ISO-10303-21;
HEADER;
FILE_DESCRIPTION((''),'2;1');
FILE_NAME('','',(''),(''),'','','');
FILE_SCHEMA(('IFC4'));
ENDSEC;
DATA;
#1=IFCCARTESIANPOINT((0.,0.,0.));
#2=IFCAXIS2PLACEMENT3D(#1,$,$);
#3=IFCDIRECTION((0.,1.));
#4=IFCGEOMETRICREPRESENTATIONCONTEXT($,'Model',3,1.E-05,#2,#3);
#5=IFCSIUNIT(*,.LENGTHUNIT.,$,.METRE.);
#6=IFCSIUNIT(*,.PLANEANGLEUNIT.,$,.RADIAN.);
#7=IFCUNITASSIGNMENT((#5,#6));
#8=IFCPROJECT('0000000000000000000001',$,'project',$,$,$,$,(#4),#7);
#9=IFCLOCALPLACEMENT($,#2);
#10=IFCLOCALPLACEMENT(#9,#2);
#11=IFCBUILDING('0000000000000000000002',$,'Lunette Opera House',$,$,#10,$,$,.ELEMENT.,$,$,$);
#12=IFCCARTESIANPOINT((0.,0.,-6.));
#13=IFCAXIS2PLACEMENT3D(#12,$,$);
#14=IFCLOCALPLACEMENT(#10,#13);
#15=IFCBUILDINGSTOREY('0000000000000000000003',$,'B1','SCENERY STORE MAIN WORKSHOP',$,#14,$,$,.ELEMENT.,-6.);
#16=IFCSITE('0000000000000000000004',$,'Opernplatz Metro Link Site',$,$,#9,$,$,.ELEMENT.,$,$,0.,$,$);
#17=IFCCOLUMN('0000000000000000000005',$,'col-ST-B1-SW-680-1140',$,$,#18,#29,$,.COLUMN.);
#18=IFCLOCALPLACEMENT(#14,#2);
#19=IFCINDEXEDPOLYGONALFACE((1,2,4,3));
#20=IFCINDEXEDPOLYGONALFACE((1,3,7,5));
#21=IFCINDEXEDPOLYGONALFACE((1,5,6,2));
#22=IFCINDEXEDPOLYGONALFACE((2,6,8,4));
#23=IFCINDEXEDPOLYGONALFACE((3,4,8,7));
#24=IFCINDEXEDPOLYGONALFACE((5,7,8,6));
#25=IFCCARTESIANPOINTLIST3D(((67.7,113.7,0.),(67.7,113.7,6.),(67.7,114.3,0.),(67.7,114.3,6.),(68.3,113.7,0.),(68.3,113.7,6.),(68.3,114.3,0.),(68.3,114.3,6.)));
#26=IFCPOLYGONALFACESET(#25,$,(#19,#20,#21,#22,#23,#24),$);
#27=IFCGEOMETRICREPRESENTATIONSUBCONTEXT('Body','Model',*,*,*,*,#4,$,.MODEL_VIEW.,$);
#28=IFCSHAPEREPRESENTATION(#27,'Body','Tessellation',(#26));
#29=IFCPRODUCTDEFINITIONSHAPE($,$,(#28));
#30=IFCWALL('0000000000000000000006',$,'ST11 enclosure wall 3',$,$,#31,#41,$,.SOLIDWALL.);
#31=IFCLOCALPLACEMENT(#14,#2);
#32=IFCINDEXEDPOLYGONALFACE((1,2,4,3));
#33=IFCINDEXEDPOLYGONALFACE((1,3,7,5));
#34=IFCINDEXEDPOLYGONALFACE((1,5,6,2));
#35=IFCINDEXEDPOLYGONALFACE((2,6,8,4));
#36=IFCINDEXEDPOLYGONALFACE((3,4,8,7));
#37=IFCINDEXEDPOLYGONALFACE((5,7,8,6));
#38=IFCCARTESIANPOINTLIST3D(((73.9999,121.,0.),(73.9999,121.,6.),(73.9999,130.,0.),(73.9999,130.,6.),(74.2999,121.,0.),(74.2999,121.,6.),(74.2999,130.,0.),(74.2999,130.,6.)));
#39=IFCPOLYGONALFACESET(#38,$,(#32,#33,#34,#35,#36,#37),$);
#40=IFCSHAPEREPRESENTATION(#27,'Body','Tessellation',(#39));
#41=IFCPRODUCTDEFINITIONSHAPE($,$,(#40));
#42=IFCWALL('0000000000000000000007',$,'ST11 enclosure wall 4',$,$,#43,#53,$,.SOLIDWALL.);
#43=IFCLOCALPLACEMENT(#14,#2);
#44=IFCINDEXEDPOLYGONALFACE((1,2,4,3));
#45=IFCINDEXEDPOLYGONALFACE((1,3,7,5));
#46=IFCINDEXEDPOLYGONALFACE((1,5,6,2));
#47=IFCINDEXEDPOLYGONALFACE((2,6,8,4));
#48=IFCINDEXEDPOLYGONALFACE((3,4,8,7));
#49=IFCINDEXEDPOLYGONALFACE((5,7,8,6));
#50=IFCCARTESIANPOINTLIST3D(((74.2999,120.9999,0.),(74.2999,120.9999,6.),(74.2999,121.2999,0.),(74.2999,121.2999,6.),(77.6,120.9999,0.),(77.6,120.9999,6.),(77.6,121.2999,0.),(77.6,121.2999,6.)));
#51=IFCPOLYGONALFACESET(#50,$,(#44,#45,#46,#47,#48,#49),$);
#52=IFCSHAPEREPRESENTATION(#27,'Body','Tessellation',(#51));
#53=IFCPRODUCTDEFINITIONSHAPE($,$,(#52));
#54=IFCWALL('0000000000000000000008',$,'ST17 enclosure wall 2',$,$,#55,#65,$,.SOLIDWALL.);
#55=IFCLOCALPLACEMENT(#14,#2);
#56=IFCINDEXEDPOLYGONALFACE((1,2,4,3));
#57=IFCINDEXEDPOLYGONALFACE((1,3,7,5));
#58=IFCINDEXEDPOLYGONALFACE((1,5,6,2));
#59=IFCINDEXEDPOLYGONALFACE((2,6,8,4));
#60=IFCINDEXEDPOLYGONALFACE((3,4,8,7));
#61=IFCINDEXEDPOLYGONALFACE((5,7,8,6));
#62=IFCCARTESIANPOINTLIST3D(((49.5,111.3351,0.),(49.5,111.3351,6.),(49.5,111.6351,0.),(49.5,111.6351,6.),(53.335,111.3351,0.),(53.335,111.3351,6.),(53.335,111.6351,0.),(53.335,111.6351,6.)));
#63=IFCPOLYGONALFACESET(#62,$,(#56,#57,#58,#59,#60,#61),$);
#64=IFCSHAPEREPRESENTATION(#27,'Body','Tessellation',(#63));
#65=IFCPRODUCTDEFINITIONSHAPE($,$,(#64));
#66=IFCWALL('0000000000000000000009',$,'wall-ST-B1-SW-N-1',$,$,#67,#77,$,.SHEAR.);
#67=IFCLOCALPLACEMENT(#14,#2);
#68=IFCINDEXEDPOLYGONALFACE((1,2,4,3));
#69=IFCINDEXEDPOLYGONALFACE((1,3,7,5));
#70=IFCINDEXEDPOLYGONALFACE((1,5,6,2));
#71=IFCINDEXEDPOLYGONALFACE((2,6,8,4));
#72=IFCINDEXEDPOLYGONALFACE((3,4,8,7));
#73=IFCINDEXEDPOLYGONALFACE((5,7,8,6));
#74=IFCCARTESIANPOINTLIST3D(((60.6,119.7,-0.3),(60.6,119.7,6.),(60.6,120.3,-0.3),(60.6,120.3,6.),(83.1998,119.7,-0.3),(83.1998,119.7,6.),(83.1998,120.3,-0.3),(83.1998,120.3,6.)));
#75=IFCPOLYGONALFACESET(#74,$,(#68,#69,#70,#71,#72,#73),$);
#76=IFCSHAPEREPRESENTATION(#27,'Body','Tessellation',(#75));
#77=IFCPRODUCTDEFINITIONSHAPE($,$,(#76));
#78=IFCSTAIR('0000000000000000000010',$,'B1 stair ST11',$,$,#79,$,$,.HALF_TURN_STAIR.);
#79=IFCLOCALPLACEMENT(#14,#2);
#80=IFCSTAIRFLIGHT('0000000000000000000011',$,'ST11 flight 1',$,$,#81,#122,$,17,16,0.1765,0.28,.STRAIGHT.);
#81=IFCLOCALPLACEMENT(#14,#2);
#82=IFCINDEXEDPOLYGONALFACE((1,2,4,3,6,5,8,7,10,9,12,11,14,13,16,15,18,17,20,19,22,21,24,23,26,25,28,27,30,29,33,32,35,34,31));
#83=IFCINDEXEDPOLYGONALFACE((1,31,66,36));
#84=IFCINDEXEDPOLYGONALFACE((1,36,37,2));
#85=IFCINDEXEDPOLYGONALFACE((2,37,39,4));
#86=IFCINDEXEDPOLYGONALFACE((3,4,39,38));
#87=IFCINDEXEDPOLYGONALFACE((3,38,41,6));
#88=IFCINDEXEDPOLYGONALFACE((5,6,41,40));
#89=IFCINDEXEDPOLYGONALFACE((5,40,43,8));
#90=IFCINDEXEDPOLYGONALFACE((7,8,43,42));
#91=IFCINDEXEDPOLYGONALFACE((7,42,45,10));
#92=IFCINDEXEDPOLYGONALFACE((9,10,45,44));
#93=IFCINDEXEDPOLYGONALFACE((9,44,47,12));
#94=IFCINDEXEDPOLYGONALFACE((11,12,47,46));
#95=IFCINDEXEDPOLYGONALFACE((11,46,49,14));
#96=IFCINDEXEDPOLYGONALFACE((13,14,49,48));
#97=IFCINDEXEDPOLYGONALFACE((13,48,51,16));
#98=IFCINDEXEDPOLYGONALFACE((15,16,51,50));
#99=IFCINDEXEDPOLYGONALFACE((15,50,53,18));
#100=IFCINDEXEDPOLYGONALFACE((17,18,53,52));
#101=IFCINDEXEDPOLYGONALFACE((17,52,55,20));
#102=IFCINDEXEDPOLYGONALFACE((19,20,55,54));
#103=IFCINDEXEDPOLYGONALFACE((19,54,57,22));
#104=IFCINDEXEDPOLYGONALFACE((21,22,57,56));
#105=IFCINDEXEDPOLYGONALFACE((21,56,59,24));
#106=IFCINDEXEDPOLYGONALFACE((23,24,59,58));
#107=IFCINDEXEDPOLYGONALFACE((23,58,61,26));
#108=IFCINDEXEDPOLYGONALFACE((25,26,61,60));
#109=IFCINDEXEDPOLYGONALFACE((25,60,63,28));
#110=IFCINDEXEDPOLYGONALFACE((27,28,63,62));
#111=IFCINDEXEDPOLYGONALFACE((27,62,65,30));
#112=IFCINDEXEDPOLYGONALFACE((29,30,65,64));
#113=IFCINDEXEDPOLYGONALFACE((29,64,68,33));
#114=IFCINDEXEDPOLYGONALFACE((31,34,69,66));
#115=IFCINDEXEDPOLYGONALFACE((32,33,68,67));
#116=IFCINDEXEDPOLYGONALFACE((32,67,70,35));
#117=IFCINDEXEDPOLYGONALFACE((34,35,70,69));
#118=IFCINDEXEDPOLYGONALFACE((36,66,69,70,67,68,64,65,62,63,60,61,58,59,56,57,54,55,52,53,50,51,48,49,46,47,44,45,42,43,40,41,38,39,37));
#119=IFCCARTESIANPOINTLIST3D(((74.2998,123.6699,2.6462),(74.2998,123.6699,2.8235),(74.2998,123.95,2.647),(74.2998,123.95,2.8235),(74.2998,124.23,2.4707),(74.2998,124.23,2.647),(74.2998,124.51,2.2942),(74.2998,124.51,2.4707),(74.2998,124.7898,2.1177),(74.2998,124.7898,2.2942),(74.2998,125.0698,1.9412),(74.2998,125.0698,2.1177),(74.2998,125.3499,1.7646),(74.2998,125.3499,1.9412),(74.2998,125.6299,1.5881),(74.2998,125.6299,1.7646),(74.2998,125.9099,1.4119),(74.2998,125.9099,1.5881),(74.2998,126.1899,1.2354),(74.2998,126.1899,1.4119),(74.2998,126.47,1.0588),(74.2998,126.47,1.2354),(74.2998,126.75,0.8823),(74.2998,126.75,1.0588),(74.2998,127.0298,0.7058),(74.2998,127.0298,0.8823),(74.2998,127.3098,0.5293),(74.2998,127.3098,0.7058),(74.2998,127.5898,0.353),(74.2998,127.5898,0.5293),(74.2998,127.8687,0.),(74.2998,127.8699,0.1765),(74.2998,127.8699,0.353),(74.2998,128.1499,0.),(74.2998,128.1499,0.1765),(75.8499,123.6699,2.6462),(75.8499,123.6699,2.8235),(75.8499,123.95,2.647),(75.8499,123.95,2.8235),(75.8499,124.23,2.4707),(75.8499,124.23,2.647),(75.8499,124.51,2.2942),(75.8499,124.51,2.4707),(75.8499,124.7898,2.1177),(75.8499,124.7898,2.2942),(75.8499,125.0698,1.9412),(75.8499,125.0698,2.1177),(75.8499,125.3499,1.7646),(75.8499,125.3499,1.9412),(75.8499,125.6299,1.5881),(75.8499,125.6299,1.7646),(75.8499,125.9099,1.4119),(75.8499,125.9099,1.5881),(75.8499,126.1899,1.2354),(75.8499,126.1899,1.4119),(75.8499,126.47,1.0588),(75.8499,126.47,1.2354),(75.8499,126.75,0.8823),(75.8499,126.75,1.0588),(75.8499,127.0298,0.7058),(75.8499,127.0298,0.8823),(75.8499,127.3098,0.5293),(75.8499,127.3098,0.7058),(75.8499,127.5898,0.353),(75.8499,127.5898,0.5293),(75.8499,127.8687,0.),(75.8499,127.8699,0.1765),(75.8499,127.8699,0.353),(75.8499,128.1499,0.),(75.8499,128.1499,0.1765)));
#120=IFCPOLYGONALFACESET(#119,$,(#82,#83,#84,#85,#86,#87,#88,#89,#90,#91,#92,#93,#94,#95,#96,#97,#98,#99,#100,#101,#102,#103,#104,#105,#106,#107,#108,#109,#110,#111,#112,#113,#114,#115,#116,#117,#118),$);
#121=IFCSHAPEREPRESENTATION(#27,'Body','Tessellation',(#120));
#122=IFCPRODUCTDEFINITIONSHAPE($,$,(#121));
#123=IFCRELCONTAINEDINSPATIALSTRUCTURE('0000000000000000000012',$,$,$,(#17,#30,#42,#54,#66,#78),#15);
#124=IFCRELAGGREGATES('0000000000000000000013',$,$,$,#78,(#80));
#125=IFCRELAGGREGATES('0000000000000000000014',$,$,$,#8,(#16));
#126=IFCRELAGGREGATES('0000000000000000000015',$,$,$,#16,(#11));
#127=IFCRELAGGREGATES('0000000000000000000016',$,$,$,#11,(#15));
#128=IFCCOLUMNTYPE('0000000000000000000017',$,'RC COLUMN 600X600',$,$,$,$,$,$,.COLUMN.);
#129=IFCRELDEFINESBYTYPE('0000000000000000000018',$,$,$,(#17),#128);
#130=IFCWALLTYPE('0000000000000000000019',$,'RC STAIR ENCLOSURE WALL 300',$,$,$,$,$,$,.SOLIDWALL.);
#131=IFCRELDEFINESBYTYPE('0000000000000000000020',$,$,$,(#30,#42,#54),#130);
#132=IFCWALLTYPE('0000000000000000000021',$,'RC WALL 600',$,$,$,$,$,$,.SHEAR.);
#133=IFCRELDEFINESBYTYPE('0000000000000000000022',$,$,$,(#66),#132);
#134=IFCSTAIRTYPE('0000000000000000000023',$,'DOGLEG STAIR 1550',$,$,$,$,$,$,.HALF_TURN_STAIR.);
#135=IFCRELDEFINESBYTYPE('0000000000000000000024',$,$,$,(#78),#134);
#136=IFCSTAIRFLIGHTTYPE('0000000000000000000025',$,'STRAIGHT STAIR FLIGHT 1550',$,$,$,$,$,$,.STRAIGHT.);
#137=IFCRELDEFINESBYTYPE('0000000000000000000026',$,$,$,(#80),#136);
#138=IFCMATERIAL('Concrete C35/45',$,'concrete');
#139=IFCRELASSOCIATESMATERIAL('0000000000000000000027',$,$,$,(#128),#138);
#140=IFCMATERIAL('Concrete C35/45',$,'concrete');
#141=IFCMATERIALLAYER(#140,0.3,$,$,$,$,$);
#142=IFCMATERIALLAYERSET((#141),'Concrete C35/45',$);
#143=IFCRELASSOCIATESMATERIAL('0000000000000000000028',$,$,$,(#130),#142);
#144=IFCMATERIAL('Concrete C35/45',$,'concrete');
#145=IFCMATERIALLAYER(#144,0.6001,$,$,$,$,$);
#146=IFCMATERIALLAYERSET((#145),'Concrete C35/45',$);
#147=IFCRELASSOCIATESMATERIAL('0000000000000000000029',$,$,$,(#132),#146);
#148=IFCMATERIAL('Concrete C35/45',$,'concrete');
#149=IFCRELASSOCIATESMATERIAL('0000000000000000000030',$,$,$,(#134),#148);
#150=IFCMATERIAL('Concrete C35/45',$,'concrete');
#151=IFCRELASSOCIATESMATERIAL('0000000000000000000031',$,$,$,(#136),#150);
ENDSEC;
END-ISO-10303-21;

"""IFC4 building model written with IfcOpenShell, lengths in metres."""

from ifc_helpers import new_model, si_unit, direction, frame, frame_2d, origin, origin_2d, place, context, subcontext, project, spatial, polyline, rectangle, outline, extrude, material, layer, layer_set, material_profile, profile_set, type_object, element, aggregate, save


model = new_model("IFC4")

# Units and contexts
model_context = context("Model", 3, precision=1e-05, world=origin(), true_north=direction((0.0, 1.0)))
body_context = subcontext(model_context, "Body", "Model", "MODEL_VIEW")
ifc_project = project(units=[si_unit("LENGTHUNIT", "METRE"), si_unit("PLANEANGLEUNIT", "RADIAN")], contexts=[model_context])

# Site, building, storey
site_placement = place(None, origin())
site = spatial("IfcSite", under=ifc_project, at=site_placement, Name="Opernplatz Metro Link Site", CompositionType="ELEMENT", RefElevation=0.0)
building_placement = place(site_placement, origin())
building = spatial("IfcBuilding", under=site, at=building_placement, Name="Lunette Opera House", CompositionType="ELEMENT")
storey_placement = place(building_placement, frame((0.0, 0.0, -6.0)))
storey = spatial("IfcBuildingStorey", under=building, at=storey_placement, Name="B1", Description="SCENERY STORE MAIN WORKSHOP", CompositionType="ELEMENT", Elevation=-6.0)

# Column
ifc_material_1 = material(Name="Concrete C35/45", Category="concrete")
ifc_material_profile_1 = material_profile(ifc_material_1, rectangle(XDim=0.6001, YDim=0.6001, at=origin_2d()), Name="RC COLUMN 600X600")
ifc_profile_set_1 = profile_set([ifc_material_profile_1], Name="Concrete C35/45")
column_type = type_object("IfcColumnType", Name="RC COLUMN 600X600", PredefinedType="COLUMN", material=ifc_profile_set_1)
column_placement = place(storey_placement, frame((68.0, 114.0, 0.0), z_axis=(0.0, 0.0, 1.0), x_axis=(1.0, 0.0, 0.0)))
element("IfcColumn", 1, at=column_placement, inside=storey, type_object=column_type, Name="col-ST-B1-SW-680-1140", PredefinedType="COLUMN", context=body_context, shape_type="SweptSolid", body=[
    extrude(rectangle(XDim=0.6001, YDim=0.6001, at=origin_2d()), origin(), (0.0, 0.0, 1.0), 6.0),
])

# Walls
ifc_material_2 = material(Name="Concrete C35/45", Category="concrete")
ifc_layer_1 = layer(ifc_material_2, 0.3)
ifc_layer_set_1 = layer_set([ifc_layer_1], Name="Concrete C35/45")
wall_type_1 = type_object("IfcWallType", Name="RC STAIR ENCLOSURE WALL 300", PredefinedType="SOLIDWALL", material=ifc_layer_set_1)
wall_1_placement = place(storey_placement, frame((74.1499, 130.0, 0.0), z_axis=(0.0, 0.0, 1.0), x_axis=(0.0, -1.0, 0.0)))
element("IfcWall", 2, at=wall_1_placement, inside=storey, type_object=wall_type_1, Name="ST11 enclosure wall 3", PredefinedType="SOLIDWALL", context=body_context, shape_type="SweptSolid", body=[
    extrude(rectangle(XDim=9.0, YDim=0.3, at=frame_2d((4.5, 0.0))), origin(), (0.0, 0.0, 1.0), 6.0),
])
wall_2_placement = place(storey_placement, frame((74.3, 121.1499, 0.0), z_axis=(0.0, 0.0, 1.0), x_axis=(1.0, 0.0, 0.0)))
element("IfcWall", 3, at=wall_2_placement, inside=storey, type_object=wall_type_1, Name="ST11 enclosure wall 4", PredefinedType="SOLIDWALL", context=body_context, shape_type="SweptSolid", body=[
    extrude(rectangle(XDim=3.3, YDim=0.3, at=frame_2d((1.6499, 0.0))), origin(), (0.0, 0.0, 1.0), 6.0),
])
wall_3_placement = place(storey_placement, frame((53.335, 111.4851, 0.0), z_axis=(0.0, 0.0, 1.0), x_axis=(-1.0, 0.0, 0.0)))
element("IfcWall", 4, at=wall_3_placement, inside=storey, type_object=wall_type_1, Name="ST17 enclosure wall 2", PredefinedType="SOLIDWALL", context=body_context, shape_type="SweptSolid", body=[
    extrude(rectangle(XDim=3.835, YDim=0.3, at=frame_2d((1.9175, 0.0))), origin(), (0.0, 0.0, 1.0), 6.0),
])
ifc_material_3 = material(Name="Concrete C35/45", Category="concrete")
ifc_layer_2 = layer(ifc_material_3, 0.6001)
ifc_layer_set_2 = layer_set([ifc_layer_2], Name="Concrete C35/45")
wall_type_2 = type_object("IfcWallType", Name="RC WALL 600", PredefinedType="SHEAR", material=ifc_layer_set_2)
wall_4_placement = place(storey_placement, frame((60.6001, 120.0, -0.3), z_axis=(0.0, 0.0, 1.0), x_axis=(1.0, 0.0, 0.0)))
element("IfcWall", 5, at=wall_4_placement, inside=storey, type_object=wall_type_2, Name="wall-ST-B1-SW-N-1", PredefinedType="SHEAR", context=body_context, shape_type="SweptSolid", body=[
    extrude(rectangle(XDim=22.5999, YDim=0.6001, at=frame_2d((11.2998, 0.0))), origin(), (0.0, 0.0, 1.0), 6.3),
])

# Stair, stair flight
ifc_material_4 = material(Name="Concrete C35/45", Category="concrete")
stair_type = type_object("IfcStairType", Name="DOGLEG STAIR 1550", PredefinedType="HALF_TURN_STAIR", material=ifc_material_4)
stair_placement = place(storey_placement, origin())
stair = element("IfcStair", 6, at=stair_placement, inside=storey, type_object=stair_type, Name="B1 stair ST11", PredefinedType="HALF_TURN_STAIR")
ifc_material_5 = material(Name="Concrete C35/45", Category="concrete")
stair_flight_type = type_object("IfcStairFlightType", Name="STRAIGHT STAIR FLIGHT 1550", PredefinedType="STRAIGHT", material=ifc_material_5)
stair_flight_placement = place(storey_placement, frame((75.075, 128.1499, 0.0), z_axis=(0.0, 0.0, 1.0), x_axis=(0.0, -1.0, 0.0)))
stair_flight = element("IfcStairFlight", 7, at=stair_flight_placement, type_object=stair_flight_type, Name="ST11 flight 1", NumberOfRisers=17, NumberOfTreads=16, PredefinedType="STRAIGHT", RiserHeight=0.1765, TreadLength=0.28, context=body_context, shape_type="SweptSolid", body=[
    extrude(outline(polyline([(0.0, 0.0), (0.0, 0.1765), (0.28, 0.1765), (0.28, 0.353), (0.5601, 0.353), (0.5601, 0.5293), (0.8401, 0.5293), (0.8401, 0.7058), (1.1201, 0.7058), (1.1201, 0.8823), (1.3999, 0.8823), (1.3999, 1.0588), (1.6799, 1.0588), (1.6799, 1.2354), (1.96, 1.2354), (1.96, 1.4119), (2.24, 1.4119), (2.24, 1.5881), (2.52, 1.5881), (2.52, 1.7646), (2.8, 1.7646), (2.8, 1.9412), (3.0801, 1.9412), (3.0801, 2.1177), (3.3601, 2.1177), (3.3601, 2.2942), (3.6399, 2.2942), (3.6399, 2.4707), (3.9199, 2.4707), (3.9199, 2.647), (4.2, 2.647), (4.2, 2.8235), (4.48, 2.8235), (4.48, 3.0), (4.48, 2.6462), (0.2812, 0.0), (0.0, 0.0)])), frame((0.0, 0.7749, 0.0), z_axis=(0.0, -1.0, 0.0), x_axis=(1.0, 0.0, 0.0)), (0.0, 0.0, 1.0), 1.55),
])
aggregate(stair, [stair_flight])

save(model, "model.ifc")
